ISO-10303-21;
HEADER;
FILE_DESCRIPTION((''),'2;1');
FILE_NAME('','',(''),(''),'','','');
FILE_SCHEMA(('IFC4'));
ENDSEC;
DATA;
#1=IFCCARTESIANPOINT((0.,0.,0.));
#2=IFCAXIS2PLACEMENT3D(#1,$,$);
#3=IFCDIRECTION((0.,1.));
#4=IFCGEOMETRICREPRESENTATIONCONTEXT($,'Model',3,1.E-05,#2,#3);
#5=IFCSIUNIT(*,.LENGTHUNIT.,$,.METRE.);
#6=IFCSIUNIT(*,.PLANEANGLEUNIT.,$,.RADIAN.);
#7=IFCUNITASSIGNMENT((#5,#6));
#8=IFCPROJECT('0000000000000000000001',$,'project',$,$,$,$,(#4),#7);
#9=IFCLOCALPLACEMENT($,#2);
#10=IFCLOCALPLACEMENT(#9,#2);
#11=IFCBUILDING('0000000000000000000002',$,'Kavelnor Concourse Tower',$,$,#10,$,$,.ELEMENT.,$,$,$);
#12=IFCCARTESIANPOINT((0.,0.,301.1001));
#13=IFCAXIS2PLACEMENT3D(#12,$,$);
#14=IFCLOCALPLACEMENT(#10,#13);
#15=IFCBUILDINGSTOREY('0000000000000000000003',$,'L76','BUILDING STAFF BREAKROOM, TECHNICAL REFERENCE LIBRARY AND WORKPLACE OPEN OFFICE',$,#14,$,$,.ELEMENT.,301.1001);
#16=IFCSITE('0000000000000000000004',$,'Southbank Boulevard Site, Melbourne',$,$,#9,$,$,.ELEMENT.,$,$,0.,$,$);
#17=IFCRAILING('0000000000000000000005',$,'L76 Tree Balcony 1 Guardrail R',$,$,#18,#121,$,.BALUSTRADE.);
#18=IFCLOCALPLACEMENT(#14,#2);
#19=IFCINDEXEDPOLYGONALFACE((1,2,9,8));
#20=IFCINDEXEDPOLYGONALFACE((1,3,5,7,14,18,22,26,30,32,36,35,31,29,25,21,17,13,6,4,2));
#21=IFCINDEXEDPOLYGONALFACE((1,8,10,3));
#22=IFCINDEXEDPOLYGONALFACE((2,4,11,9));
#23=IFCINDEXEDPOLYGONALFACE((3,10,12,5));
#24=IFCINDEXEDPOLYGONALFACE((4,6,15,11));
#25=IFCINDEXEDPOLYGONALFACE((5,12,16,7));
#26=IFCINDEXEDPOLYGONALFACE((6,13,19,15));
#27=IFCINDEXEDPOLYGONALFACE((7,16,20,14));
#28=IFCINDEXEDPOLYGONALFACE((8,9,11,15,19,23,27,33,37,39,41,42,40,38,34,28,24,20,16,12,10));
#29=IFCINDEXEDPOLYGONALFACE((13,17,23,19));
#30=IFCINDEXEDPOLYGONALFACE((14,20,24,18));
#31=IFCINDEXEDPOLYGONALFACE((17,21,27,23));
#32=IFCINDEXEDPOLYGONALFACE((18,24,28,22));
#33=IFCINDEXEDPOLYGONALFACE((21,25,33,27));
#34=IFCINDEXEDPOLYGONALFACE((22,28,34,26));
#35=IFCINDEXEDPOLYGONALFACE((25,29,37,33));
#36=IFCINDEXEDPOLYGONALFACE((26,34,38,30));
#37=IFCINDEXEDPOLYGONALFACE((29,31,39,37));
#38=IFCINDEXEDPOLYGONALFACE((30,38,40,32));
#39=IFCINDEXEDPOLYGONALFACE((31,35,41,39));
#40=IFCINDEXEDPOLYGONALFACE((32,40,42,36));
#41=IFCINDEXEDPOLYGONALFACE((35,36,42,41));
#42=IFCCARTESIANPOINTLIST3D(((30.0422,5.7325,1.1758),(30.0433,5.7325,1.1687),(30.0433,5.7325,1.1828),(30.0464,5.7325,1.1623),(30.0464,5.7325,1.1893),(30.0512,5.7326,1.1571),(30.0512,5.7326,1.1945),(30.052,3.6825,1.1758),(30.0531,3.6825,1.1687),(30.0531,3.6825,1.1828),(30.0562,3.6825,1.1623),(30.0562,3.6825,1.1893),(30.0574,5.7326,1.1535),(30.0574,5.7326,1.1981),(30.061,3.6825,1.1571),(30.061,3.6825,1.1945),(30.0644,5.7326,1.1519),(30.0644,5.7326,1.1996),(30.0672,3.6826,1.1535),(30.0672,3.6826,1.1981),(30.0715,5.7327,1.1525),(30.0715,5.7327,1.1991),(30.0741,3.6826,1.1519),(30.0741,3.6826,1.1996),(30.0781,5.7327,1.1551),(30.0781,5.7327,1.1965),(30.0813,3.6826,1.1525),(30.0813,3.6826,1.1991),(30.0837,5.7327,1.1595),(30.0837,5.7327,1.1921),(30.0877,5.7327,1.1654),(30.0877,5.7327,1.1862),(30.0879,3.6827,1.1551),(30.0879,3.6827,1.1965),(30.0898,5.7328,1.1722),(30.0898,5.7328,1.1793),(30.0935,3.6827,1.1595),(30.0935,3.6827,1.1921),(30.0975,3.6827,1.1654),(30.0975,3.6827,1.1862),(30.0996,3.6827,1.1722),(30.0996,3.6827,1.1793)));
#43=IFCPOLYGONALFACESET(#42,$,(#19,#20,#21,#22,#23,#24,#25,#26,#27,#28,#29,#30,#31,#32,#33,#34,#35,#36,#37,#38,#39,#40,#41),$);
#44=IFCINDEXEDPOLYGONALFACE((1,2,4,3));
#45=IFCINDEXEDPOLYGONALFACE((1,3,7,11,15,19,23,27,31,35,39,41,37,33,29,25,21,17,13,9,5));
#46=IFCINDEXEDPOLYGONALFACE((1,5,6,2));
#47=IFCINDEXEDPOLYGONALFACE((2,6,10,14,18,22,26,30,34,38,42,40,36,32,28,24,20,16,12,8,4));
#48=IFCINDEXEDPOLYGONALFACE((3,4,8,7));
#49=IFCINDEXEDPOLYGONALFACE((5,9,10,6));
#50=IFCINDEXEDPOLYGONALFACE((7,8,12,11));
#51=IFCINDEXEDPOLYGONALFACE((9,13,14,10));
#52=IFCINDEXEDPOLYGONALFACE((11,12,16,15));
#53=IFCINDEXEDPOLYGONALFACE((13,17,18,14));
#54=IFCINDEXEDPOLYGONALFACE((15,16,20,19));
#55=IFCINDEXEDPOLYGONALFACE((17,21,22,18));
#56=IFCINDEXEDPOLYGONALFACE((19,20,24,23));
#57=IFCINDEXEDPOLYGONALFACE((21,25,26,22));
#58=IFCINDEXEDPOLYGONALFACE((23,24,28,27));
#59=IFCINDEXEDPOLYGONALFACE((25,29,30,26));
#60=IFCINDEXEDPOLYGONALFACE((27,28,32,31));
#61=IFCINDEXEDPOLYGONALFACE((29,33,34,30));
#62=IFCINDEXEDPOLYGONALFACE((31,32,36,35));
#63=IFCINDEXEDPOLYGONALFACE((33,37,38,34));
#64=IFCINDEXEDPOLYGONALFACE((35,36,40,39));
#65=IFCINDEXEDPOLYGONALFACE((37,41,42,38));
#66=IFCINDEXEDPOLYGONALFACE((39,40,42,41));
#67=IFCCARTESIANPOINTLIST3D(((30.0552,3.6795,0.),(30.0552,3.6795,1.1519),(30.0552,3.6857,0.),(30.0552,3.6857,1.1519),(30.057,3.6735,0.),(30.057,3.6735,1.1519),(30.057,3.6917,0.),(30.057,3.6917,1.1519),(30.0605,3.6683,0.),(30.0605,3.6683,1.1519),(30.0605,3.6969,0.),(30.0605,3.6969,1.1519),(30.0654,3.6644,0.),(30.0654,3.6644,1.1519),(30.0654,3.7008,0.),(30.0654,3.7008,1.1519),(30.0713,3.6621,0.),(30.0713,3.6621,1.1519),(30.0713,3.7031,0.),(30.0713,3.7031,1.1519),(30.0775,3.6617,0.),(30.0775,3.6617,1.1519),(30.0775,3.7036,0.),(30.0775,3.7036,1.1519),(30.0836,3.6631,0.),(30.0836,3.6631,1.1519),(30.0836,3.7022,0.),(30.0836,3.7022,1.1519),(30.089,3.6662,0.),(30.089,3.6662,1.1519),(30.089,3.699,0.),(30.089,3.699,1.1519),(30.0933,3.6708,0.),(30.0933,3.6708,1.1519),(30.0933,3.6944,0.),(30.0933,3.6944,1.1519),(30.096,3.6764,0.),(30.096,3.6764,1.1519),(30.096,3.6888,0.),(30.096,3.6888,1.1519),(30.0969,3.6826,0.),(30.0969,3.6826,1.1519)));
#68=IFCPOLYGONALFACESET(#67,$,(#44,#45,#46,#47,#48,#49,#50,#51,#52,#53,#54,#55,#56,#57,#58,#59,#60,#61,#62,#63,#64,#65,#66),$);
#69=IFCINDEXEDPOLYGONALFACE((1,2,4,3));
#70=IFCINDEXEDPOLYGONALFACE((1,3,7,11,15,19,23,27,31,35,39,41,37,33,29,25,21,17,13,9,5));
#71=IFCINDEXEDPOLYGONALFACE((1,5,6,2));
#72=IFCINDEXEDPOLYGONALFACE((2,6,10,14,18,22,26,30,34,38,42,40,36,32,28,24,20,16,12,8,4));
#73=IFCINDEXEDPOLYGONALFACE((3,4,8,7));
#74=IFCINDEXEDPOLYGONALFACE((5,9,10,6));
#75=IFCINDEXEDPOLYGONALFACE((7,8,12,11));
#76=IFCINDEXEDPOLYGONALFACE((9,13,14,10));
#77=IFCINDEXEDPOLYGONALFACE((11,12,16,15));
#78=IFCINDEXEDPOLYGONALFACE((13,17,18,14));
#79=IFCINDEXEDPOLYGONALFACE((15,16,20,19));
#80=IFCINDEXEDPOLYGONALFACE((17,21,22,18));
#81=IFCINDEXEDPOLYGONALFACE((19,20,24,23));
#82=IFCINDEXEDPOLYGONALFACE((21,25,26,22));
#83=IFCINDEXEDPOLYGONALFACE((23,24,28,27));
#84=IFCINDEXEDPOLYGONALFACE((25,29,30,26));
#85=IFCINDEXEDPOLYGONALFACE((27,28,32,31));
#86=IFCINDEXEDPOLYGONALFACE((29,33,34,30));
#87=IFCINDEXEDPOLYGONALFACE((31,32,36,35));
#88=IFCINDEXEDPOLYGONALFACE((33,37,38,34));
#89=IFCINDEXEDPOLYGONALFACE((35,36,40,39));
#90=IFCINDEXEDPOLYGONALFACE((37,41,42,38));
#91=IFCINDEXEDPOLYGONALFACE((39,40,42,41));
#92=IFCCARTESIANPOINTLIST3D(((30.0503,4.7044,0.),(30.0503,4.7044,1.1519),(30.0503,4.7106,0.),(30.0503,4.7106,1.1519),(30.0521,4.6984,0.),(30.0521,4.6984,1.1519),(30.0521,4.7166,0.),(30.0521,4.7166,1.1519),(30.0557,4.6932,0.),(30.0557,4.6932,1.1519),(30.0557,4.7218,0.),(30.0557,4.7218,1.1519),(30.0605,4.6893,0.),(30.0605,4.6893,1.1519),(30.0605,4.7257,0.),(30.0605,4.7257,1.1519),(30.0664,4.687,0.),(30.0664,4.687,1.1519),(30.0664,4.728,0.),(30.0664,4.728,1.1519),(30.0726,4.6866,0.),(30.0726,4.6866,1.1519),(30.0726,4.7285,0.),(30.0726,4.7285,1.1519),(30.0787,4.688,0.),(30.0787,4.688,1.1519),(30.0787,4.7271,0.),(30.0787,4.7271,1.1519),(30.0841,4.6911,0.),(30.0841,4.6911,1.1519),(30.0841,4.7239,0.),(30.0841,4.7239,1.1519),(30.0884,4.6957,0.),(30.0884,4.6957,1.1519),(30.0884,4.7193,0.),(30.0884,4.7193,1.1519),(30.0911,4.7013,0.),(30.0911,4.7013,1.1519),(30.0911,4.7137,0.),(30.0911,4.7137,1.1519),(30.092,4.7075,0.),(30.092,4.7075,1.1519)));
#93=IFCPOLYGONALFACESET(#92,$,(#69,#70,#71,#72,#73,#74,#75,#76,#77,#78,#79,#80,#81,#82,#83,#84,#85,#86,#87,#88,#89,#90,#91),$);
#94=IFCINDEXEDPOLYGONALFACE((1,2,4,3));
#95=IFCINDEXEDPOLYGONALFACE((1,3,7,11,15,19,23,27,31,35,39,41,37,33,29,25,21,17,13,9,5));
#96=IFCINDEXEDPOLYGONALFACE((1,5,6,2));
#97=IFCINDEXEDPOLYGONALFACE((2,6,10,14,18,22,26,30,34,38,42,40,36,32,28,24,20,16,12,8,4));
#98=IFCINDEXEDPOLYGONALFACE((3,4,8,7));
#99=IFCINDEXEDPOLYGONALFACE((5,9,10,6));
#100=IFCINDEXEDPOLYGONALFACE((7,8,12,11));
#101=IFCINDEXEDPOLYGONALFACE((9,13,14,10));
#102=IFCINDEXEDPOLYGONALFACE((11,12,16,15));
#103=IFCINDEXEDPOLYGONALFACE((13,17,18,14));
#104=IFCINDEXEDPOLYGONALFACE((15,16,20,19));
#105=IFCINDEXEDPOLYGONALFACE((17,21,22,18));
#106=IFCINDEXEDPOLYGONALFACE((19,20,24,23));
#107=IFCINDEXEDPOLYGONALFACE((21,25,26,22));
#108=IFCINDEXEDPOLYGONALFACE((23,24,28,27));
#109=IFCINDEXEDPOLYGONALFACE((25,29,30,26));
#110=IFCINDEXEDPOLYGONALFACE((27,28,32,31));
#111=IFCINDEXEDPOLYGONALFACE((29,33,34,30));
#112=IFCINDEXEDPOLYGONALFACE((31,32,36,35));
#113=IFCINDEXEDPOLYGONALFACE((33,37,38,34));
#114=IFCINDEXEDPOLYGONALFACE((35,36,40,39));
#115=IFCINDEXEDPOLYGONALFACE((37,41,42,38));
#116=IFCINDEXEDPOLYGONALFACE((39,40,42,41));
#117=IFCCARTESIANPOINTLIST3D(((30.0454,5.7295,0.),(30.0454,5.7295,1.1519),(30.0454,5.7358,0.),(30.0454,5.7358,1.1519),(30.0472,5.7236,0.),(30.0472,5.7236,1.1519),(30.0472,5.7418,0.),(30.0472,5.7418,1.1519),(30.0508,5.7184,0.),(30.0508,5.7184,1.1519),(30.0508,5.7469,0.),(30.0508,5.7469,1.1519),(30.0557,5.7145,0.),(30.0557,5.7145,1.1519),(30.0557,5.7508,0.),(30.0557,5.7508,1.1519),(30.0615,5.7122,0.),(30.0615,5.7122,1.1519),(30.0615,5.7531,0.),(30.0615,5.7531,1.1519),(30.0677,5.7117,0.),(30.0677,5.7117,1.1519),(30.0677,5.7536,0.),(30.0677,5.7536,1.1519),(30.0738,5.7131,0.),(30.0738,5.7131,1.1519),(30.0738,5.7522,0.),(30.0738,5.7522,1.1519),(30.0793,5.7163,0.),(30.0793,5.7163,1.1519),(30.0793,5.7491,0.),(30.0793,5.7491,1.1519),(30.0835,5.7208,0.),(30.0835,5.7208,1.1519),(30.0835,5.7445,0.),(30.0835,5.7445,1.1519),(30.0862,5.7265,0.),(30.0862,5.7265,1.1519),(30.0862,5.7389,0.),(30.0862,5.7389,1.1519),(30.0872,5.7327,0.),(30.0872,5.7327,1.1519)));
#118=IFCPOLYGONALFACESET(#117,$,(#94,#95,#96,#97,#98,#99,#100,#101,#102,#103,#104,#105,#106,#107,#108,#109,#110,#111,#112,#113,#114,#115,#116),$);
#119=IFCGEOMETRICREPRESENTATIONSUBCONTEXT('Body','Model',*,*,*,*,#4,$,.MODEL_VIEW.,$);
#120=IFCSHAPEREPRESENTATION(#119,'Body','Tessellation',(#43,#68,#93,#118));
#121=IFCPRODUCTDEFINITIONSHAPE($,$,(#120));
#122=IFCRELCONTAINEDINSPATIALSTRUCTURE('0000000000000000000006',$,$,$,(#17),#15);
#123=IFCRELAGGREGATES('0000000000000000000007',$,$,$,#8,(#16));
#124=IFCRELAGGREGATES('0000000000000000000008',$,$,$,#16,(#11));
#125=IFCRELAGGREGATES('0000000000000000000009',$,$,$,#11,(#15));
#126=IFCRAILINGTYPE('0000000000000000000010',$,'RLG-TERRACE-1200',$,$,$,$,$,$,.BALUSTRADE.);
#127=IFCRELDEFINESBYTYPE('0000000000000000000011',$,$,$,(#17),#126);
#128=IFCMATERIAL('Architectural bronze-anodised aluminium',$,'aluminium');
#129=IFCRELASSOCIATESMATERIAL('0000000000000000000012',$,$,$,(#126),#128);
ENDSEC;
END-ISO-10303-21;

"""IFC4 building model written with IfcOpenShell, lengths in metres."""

from ifc_helpers import new_model, si_unit, direction, frame, origin, origin_2d, place, context, subcontext, project, spatial, circle, extrude, material, type_object, element, save


model = new_model("IFC4")

# Units and contexts
model_context = context("Model", 3, precision=1e-05, world=origin(), true_north=direction((0.0, 1.0)))
body_context = subcontext(model_context, "Body", "Model", "MODEL_VIEW")
ifc_project = project(units=[si_unit("LENGTHUNIT", "METRE"), si_unit("PLANEANGLEUNIT", "RADIAN")], contexts=[model_context])

# Site, building, storey
site_placement = place(None, origin())
site = spatial("IfcSite", under=ifc_project, at=site_placement, Name="Southbank Boulevard Site, Melbourne", CompositionType="ELEMENT", RefElevation=0.0)
building_placement = place(site_placement, origin())
building = spatial("IfcBuilding", under=site, at=building_placement, Name="Kavelnor Concourse Tower", CompositionType="ELEMENT")
storey_placement = place(building_placement, frame((0.0, 0.0, 301.1001)))
storey = spatial("IfcBuildingStorey", under=building, at=storey_placement, Name="L76", Description="BUILDING STAFF BREAKROOM, TECHNICAL REFERENCE LIBRARY AND WORKPLACE OPEN OFFICE", CompositionType="ELEMENT", Elevation=301.1001)

# Railing
ifc_material_1 = material(Name="Architectural bronze-anodised aluminium", Category="aluminium")
railing_type_1 = type_object("IfcRailingType", Name="RLG-TERRACE-1200", PredefinedType="BALUSTRADE", material=ifc_material_1)
railing_1_placement = place(storey_placement, frame((30.0759, 3.6826, 0.0)))
element("IfcRailing", 1, at=railing_1_placement, inside=storey, type_object=railing_type_1, Name="L76 Tree Balcony 1 Guardrail R", PredefinedType="BALUSTRADE", context=body_context, shape_type="SweptSolid", body=[
    extrude(circle(Radius=0.0239, at=origin_2d()), frame((0.0, 0.0, 1.1758), z_axis=(-0.004764, 0.999989, 0.0), x_axis=(-0.999989, -0.004764, 0.0)), (0.0, 0.0, 1.0), 2.05),
    extrude(circle(Radius=0.021, at=origin_2d()), origin(), (0.0, 0.0, 1.0), 1.1519),
    extrude(circle(Radius=0.021, at=origin_2d()), frame((-0.0049, 1.0249, 0.0)), (0.0, 0.0, 1.0), 1.1519),
    extrude(circle(Radius=0.021, at=origin_2d()), frame((-0.0098, 2.05, 0.0)), (0.0, 0.0, 1.0), 1.1519),
])

save(model, "model.ifc")
